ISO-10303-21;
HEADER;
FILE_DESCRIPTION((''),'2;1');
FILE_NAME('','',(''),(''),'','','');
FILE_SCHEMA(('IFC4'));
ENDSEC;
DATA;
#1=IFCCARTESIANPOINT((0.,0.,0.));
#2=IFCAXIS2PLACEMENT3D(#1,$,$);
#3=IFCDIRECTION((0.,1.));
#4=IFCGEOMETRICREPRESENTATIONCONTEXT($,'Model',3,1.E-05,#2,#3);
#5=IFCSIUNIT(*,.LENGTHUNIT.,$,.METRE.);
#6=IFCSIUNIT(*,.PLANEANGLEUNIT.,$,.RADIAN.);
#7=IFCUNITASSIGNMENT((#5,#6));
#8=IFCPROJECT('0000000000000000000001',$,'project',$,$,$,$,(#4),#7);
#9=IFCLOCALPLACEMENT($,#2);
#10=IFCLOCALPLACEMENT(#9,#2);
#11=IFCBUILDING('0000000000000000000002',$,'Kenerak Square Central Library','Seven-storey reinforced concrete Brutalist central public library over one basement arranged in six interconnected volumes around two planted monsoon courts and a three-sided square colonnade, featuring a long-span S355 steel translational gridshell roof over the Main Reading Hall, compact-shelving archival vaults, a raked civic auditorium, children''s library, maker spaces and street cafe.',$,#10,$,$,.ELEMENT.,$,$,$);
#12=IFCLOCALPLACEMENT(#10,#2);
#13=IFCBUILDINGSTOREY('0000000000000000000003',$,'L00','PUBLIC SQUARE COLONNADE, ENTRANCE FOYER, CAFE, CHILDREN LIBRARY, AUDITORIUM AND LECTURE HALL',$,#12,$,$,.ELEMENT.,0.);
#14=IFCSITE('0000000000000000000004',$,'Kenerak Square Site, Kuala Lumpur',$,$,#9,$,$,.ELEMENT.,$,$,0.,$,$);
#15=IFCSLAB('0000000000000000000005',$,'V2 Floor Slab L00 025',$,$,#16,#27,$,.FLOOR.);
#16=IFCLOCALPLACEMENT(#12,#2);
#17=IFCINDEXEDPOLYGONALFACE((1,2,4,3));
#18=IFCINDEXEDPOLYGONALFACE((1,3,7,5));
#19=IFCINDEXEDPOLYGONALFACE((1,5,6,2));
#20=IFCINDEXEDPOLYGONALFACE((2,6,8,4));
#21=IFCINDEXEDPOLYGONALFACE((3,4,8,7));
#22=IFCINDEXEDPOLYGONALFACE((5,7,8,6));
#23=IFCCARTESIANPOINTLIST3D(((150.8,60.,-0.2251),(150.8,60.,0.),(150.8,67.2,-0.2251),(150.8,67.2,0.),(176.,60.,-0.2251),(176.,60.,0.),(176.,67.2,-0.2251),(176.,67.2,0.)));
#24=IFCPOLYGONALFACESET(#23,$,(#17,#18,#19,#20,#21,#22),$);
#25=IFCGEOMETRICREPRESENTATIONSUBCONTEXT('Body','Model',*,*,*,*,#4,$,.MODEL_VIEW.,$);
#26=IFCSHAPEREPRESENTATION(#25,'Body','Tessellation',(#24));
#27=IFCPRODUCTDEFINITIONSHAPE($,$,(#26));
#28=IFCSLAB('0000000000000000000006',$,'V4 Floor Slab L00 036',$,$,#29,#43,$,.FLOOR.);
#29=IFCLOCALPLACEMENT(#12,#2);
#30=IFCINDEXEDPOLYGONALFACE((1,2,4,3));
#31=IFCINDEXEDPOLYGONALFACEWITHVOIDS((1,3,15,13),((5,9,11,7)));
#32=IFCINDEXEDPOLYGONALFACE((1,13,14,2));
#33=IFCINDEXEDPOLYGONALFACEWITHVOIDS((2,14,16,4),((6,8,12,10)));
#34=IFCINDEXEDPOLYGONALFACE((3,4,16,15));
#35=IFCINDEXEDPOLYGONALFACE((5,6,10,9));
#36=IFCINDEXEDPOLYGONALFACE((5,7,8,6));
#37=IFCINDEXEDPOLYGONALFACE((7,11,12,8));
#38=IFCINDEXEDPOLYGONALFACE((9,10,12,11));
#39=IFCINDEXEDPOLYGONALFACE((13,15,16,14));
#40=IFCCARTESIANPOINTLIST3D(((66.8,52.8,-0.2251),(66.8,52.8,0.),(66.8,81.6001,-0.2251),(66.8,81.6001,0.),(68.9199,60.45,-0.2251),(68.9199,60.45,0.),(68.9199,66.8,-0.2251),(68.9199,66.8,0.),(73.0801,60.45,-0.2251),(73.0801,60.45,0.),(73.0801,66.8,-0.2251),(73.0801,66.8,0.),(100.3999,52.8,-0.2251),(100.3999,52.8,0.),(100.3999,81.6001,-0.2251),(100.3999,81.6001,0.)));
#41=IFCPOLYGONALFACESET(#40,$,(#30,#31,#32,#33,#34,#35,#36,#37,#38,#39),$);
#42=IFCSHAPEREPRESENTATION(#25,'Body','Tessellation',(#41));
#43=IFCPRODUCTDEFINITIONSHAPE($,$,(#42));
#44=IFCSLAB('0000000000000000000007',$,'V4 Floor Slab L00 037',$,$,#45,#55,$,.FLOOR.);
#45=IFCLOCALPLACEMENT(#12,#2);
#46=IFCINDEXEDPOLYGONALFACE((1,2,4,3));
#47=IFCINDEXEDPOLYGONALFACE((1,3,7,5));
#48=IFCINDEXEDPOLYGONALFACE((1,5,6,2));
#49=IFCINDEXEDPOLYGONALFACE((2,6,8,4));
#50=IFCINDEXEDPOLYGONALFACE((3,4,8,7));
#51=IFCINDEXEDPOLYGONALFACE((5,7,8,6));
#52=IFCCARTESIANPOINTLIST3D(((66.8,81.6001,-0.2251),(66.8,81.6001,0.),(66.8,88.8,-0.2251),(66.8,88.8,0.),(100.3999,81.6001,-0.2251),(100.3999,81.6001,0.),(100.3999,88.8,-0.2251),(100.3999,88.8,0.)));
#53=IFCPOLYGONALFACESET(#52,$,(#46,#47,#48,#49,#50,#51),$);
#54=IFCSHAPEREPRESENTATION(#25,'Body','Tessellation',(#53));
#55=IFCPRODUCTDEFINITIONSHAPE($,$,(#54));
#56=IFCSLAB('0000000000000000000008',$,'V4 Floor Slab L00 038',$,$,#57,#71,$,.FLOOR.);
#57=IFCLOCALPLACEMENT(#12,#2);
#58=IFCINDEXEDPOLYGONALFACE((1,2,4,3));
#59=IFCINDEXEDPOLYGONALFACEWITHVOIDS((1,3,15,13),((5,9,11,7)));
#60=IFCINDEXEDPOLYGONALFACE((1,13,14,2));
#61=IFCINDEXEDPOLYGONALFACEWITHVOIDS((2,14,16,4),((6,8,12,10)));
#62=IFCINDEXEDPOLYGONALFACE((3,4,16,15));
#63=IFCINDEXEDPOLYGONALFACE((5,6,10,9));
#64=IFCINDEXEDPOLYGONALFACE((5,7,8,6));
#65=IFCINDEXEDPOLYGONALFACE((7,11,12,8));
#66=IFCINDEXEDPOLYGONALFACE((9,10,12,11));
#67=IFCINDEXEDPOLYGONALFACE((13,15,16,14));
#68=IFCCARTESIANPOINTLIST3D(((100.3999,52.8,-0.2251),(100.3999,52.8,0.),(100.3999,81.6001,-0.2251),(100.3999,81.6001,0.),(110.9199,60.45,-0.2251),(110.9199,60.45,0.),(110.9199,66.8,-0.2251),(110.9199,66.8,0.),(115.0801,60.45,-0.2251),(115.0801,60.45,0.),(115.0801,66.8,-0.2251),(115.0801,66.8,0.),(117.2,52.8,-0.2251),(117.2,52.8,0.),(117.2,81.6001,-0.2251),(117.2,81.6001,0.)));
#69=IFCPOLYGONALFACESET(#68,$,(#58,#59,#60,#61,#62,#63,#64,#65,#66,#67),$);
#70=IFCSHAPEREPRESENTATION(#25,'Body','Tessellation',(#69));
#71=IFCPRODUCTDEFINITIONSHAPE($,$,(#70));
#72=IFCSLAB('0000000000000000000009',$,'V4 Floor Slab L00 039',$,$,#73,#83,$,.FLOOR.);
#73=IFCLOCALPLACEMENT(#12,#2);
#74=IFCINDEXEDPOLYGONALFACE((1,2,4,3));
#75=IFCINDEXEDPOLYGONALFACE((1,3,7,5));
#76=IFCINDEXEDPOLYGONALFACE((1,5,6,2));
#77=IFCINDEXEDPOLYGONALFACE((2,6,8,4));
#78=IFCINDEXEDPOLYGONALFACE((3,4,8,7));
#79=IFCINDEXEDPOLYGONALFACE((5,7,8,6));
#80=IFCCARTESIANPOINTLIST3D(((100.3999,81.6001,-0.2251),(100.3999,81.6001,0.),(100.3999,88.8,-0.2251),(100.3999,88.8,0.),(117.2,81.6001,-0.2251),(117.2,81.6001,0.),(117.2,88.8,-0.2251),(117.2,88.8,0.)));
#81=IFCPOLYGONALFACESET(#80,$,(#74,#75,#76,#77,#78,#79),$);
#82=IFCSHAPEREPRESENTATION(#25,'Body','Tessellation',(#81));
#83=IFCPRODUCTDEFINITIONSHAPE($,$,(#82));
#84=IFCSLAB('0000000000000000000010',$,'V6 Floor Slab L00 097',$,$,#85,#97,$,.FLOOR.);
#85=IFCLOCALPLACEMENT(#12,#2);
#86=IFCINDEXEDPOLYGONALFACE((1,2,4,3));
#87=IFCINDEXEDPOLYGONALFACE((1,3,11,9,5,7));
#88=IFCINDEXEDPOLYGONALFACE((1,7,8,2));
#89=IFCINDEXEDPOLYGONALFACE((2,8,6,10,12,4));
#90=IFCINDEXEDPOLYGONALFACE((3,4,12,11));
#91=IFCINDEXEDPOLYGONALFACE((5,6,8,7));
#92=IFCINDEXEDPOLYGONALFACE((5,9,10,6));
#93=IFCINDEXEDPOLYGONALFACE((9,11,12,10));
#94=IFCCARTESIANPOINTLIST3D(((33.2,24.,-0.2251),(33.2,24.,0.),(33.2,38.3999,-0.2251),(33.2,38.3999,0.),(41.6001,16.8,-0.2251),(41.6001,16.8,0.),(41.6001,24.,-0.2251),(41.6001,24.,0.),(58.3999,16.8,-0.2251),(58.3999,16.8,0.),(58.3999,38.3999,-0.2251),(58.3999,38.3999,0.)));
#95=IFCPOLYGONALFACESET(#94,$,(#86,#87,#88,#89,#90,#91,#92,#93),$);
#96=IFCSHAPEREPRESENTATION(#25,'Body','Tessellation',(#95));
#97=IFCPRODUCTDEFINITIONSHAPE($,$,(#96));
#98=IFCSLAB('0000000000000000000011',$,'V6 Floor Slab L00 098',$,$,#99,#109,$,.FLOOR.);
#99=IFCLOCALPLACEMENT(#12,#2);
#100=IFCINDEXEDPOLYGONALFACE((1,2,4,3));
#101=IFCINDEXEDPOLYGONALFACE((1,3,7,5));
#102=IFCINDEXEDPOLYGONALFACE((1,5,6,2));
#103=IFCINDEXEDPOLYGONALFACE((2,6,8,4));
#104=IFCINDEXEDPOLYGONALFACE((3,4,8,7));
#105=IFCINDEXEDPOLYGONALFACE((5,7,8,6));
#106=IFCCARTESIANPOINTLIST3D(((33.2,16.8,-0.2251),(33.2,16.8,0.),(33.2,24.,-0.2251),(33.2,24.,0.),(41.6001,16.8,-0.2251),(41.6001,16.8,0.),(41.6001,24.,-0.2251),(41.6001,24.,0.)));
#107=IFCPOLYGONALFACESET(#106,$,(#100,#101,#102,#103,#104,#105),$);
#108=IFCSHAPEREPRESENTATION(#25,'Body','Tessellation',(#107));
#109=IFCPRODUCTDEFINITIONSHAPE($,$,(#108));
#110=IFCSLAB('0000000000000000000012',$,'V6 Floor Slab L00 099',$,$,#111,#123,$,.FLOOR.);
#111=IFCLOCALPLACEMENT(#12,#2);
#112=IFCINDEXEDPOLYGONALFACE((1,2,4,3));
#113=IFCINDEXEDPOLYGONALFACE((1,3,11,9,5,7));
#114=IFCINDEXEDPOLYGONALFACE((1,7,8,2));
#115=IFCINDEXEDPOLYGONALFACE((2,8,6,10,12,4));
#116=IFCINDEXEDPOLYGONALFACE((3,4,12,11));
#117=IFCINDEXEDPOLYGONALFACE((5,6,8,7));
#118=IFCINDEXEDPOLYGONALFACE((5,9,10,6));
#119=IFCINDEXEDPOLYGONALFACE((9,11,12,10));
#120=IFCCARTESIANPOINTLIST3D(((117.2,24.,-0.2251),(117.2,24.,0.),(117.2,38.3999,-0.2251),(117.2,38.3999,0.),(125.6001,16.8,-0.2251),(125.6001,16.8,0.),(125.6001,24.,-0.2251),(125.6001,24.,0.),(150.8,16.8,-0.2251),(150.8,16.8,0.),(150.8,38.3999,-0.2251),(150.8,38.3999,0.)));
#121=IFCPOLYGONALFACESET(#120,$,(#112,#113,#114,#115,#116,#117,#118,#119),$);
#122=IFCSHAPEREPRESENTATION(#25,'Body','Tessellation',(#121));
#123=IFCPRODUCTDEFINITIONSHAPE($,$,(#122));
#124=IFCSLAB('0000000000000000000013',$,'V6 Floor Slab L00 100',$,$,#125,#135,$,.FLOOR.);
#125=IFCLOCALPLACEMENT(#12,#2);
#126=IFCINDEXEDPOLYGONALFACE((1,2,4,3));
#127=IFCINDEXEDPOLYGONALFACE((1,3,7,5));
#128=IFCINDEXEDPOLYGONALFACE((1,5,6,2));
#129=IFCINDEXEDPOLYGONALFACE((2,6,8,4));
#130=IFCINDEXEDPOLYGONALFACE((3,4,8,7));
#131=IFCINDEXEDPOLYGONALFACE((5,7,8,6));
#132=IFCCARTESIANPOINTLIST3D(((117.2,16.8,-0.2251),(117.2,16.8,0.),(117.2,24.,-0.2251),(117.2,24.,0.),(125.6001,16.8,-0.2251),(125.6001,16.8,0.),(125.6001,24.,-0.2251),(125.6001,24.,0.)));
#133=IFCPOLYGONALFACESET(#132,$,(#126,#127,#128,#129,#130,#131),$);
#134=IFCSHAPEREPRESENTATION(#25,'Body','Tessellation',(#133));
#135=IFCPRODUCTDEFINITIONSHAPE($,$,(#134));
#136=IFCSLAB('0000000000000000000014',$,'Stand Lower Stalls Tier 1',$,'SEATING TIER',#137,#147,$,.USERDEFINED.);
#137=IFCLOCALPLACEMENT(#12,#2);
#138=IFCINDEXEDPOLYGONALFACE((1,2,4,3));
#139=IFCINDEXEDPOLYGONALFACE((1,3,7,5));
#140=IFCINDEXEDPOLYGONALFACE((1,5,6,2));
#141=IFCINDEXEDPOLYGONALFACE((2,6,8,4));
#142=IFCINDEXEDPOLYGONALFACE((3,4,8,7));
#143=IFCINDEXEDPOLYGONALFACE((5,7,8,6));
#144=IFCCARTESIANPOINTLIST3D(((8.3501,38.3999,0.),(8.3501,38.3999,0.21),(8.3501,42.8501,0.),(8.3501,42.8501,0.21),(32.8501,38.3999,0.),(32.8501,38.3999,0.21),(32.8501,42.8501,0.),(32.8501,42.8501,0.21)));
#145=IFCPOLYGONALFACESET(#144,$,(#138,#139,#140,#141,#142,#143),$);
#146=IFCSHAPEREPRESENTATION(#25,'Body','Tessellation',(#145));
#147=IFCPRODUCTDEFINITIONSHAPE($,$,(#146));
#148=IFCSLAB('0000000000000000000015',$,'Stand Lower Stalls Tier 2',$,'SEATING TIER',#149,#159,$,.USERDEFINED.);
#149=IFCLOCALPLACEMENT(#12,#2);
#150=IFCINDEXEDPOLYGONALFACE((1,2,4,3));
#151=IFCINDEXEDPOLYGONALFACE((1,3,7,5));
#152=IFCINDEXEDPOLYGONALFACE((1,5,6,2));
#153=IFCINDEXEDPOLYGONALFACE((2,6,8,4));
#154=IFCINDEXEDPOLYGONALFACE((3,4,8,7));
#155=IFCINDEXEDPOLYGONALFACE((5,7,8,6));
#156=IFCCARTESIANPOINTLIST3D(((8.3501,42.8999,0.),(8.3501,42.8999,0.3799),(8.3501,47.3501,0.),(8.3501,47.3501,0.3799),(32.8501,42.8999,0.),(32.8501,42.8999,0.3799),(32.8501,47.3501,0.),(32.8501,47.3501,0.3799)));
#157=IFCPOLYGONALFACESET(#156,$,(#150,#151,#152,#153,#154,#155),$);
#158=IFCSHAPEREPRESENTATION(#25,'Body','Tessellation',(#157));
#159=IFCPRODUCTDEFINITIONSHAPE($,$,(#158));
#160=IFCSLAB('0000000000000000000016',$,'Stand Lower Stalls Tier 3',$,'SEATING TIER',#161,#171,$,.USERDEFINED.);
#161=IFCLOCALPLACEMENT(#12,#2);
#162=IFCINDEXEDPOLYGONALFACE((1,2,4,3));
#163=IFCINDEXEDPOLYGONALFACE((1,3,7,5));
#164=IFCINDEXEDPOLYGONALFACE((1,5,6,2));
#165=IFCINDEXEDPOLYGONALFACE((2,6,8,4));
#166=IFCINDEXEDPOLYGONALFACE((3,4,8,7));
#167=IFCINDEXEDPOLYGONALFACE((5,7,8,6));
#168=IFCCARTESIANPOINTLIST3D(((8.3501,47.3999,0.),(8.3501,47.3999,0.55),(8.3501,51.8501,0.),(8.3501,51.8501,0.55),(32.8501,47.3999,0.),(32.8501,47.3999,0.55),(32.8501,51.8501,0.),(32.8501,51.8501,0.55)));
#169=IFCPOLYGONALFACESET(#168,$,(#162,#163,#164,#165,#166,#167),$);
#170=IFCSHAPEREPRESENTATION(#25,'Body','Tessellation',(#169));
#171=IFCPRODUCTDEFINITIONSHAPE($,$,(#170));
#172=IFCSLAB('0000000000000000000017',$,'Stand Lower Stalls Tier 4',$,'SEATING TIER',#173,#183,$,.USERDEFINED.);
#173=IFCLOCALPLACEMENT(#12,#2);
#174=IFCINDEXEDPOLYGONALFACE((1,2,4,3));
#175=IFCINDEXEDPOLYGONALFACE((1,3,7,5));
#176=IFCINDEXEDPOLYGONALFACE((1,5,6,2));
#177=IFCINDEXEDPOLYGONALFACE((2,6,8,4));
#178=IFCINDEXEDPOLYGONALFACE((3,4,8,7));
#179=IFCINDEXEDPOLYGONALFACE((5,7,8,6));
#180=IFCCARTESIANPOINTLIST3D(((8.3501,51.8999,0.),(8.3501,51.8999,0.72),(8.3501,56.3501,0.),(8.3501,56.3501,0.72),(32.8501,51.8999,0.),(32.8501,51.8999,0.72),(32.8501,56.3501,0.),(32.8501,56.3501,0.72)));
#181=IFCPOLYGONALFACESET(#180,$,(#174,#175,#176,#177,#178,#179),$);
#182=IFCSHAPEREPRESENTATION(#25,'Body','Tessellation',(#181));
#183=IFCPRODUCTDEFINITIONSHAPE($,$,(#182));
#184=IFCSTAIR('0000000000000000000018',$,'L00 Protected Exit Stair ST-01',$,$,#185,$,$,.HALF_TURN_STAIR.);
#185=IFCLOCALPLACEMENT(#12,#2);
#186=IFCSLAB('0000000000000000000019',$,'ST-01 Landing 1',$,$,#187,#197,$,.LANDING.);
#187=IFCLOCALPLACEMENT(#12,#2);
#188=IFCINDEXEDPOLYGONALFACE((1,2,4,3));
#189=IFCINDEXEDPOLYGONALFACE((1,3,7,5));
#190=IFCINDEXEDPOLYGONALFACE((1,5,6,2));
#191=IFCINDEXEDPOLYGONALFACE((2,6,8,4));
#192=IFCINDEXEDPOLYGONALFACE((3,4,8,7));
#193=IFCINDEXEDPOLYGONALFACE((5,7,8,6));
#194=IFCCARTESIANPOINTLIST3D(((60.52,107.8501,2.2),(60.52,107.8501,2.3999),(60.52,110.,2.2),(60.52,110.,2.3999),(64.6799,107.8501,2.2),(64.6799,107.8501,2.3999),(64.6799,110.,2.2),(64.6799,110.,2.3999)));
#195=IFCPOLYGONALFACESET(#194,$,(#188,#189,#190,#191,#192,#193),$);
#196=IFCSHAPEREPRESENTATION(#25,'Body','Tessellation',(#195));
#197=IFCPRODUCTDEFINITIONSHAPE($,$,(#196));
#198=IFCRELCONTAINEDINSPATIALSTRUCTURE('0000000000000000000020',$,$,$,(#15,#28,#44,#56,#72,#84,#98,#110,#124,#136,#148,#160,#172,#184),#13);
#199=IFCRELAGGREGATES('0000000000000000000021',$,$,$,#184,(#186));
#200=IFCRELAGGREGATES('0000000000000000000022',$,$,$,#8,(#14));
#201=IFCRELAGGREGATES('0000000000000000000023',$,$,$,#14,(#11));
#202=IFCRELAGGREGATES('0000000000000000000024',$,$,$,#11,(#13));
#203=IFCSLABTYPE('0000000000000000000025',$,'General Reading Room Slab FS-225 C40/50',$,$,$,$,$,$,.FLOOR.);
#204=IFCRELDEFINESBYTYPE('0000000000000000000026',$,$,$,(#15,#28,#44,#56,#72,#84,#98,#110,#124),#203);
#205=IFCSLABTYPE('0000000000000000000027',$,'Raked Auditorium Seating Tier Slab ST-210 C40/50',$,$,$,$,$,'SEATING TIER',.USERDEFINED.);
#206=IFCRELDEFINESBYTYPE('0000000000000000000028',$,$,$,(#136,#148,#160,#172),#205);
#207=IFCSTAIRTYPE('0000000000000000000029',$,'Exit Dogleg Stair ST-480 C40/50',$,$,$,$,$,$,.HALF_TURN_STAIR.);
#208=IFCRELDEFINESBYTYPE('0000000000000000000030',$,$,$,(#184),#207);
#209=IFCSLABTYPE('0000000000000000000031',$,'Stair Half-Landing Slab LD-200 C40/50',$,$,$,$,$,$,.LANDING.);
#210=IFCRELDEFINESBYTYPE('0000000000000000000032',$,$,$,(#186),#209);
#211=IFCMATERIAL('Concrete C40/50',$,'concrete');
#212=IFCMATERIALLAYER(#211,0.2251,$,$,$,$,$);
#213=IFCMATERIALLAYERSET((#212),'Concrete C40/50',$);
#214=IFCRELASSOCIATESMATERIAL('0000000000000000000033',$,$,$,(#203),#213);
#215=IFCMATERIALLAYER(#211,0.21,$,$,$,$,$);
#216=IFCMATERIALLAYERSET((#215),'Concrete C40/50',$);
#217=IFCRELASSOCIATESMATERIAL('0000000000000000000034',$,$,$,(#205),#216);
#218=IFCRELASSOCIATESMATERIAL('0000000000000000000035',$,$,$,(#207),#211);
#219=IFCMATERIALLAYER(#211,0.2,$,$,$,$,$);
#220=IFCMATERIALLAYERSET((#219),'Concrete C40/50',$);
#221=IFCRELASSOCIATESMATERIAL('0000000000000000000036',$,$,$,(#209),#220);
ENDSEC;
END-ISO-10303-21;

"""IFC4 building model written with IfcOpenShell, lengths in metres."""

from ifc_helpers import new_model, si_unit, direction, frame, origin, place, context, subcontext, project, spatial, polyline, outline, extrude, material, layer, layer_set, type_object, element, aggregate, save


model = new_model("IFC4")

# Units and contexts
model_context = context("Model", 3, precision=1e-05, world=origin(), true_north=direction((0.0, 1.0)))
body_context = subcontext(model_context, "Body", "Model", "MODEL_VIEW")
ifc_project = project(units=[si_unit("LENGTHUNIT", "METRE"), si_unit("PLANEANGLEUNIT", "RADIAN")], contexts=[model_context])

# Site, building, storey
site_placement = place(None, origin())
site = spatial("IfcSite", under=ifc_project, at=site_placement, Name="Kenerak Square Site, Kuala Lumpur", CompositionType="ELEMENT", RefElevation=0.0)
building_placement = place(site_placement, origin())
building = spatial("IfcBuilding", under=site, at=building_placement, Name="Kenerak Square Central Library", Description="Seven-storey reinforced concrete Brutalist central public library over one basement arranged in six interconnected volumes around two planted monsoon courts and a three-sided square colonnade, featuring a long-span S355 steel translational gridshell roof over the Main Reading Hall, compact-shelving archival vaults, a raked civic auditorium, children's library, maker spaces and street cafe.", CompositionType="ELEMENT")
storey_placement = place(building_placement, origin())
storey = spatial("IfcBuildingStorey", under=building, at=storey_placement, Name="L00", Description="PUBLIC SQUARE COLONNADE, ENTRANCE FOYER, CAFE, CHILDREN LIBRARY, AUDITORIUM AND LECTURE HALL", CompositionType="ELEMENT", Elevation=0.0)

# Slabs
ifc_material = material(Name="Concrete C40/50", Category="concrete")
ifc_layer_1 = layer(ifc_material, 0.2251)
ifc_layer_set_1 = layer_set([ifc_layer_1], Name="Concrete C40/50")
slab_type_1 = type_object("IfcSlabType", Name="General Reading Room Slab FS-225 C40/50", PredefinedType="FLOOR", material=ifc_layer_set_1)
slab_1_placement = place(storey_placement, frame((0.0, 0.0, -0.2251)))
element("IfcSlab", 1, at=slab_1_placement, inside=storey, type_object=slab_type_1, Name="V2 Floor Slab L00 025", PredefinedType="FLOOR", context=body_context, shape_type="SweptSolid", body=[
    extrude(outline(polyline([(176.0, 60.0), (176.0, 67.2), (150.8, 67.2), (150.8, 60.0), (176.0, 60.0)])), origin(), (0.0, 0.0, 1.0), 0.2251),
])
slab_2_placement = place(storey_placement, frame((0.0, 0.0, -0.2251)))
element("IfcSlab", 2, at=slab_2_placement, inside=storey, type_object=slab_type_1, Name="V4 Floor Slab L00 036", PredefinedType="FLOOR", context=body_context, shape_type="SweptSolid", body=[
    extrude(outline(polyline([(100.3999, 52.8), (100.3999, 81.6001), (66.8, 81.6001), (66.8, 52.8), (100.3999, 52.8)]), holes=[polyline([(73.0801, 60.45), (73.0801, 66.8), (68.9199, 66.8), (68.9199, 60.45), (73.0801, 60.45)])]), origin(), (0.0, 0.0, 1.0), 0.2251),
])
slab_3_placement = place(storey_placement, frame((0.0, 0.0, -0.2251)))
element("IfcSlab", 3, at=slab_3_placement, inside=storey, type_object=slab_type_1, Name="V4 Floor Slab L00 037", PredefinedType="FLOOR", context=body_context, shape_type="SweptSolid", body=[
    extrude(outline(polyline([(100.3999, 81.6001), (100.3999, 88.8), (66.8, 88.8), (66.8, 81.6001), (100.3999, 81.6001)])), origin(), (0.0, 0.0, 1.0), 0.2251),
])
slab_4_placement = place(storey_placement, frame((0.0, 0.0, -0.2251)))
element("IfcSlab", 4, at=slab_4_placement, inside=storey, type_object=slab_type_1, Name="V4 Floor Slab L00 038", PredefinedType="FLOOR", context=body_context, shape_type="SweptSolid", body=[
    extrude(outline(polyline([(117.2, 52.8), (117.2, 81.6001), (100.3999, 81.6001), (100.3999, 52.8), (117.2, 52.8)]), holes=[polyline([(115.0801, 60.45), (115.0801, 66.8), (110.9199, 66.8), (110.9199, 60.45), (115.0801, 60.45)])]), origin(), (0.0, 0.0, 1.0), 0.2251),
])
slab_5_placement = place(storey_placement, frame((0.0, 0.0, -0.2251)))
element("IfcSlab", 5, at=slab_5_placement, inside=storey, type_object=slab_type_1, Name="V4 Floor Slab L00 039", PredefinedType="FLOOR", context=body_context, shape_type="SweptSolid", body=[
    extrude(outline(polyline([(117.2, 81.6001), (117.2, 88.8), (100.3999, 88.8), (100.3999, 81.6001), (117.2, 81.6001)])), origin(), (0.0, 0.0, 1.0), 0.2251),
])
slab_6_placement = place(storey_placement, frame((0.0, 0.0, -0.2251)))
element("IfcSlab", 6, at=slab_6_placement, inside=storey, type_object=slab_type_1, Name="V6 Floor Slab L00 097", PredefinedType="FLOOR", context=body_context, shape_type="SweptSolid", body=[
    extrude(outline(polyline([(33.2, 38.3999), (58.3999, 38.3999), (58.3999, 16.8), (41.6001, 16.8), (41.6001, 24.0), (33.2, 24.0), (33.2, 38.3999)])), origin(), (0.0, 0.0, 1.0), 0.2251),
])
slab_7_placement = place(storey_placement, frame((0.0, 0.0, -0.2251)))
element("IfcSlab", 7, at=slab_7_placement, inside=storey, type_object=slab_type_1, Name="V6 Floor Slab L00 098", PredefinedType="FLOOR", context=body_context, shape_type="SweptSolid", body=[
    extrude(outline(polyline([(41.6001, 16.8), (41.6001, 24.0), (33.2, 24.0), (33.2, 16.8), (41.6001, 16.8)])), origin(), (0.0, 0.0, 1.0), 0.2251),
])
slab_8_placement = place(storey_placement, frame((0.0, 0.0, -0.2251)))
element("IfcSlab", 8, at=slab_8_placement, inside=storey, type_object=slab_type_1, Name="V6 Floor Slab L00 099", PredefinedType="FLOOR", context=body_context, shape_type="SweptSolid", body=[
    extrude(outline(polyline([(117.2, 38.3999), (150.8, 38.3999), (150.8, 16.8), (125.6001, 16.8), (125.6001, 24.0), (117.2, 24.0), (117.2, 38.3999)])), origin(), (0.0, 0.0, 1.0), 0.2251),
])
slab_9_placement = place(storey_placement, frame((0.0, 0.0, -0.2251)))
element("IfcSlab", 9, at=slab_9_placement, inside=storey, type_object=slab_type_1, Name="V6 Floor Slab L00 100", PredefinedType="FLOOR", context=body_context, shape_type="SweptSolid", body=[
    extrude(outline(polyline([(125.6001, 16.8), (125.6001, 24.0), (117.2, 24.0), (117.2, 16.8), (125.6001, 16.8)])), origin(), (0.0, 0.0, 1.0), 0.2251),
])
ifc_layer_2 = layer(ifc_material, 0.21)
ifc_layer_set_2 = layer_set([ifc_layer_2], Name="Concrete C40/50")
slab_type_2 = type_object("IfcSlabType", Name="Raked Auditorium Seating Tier Slab ST-210 C40/50", ElementType="SEATING TIER", PredefinedType="USERDEFINED", material=ifc_layer_set_2)
slab_10_placement = place(storey_placement, origin())
element("IfcSlab", 10, at=slab_10_placement, inside=storey, type_object=slab_type_2, Name="Stand Lower Stalls Tier 1", ObjectType="SEATING TIER", PredefinedType="USERDEFINED", context=body_context, shape_type="SweptSolid", body=[
    extrude(outline(polyline([(8.3501, 38.3999), (32.8501, 38.3999), (32.8501, 42.8501), (8.3501, 42.8501), (8.3501, 38.3999)])), origin(), (0.0, 0.0, 1.0), 0.21),
])
slab_11_placement = place(storey_placement, origin())
element("IfcSlab", 11, at=slab_11_placement, inside=storey, type_object=slab_type_2, Name="Stand Lower Stalls Tier 2", ObjectType="SEATING TIER", PredefinedType="USERDEFINED", context=body_context, shape_type="SweptSolid", body=[
    extrude(outline(polyline([(8.3501, 42.8999), (32.8501, 42.8999), (32.8501, 47.3501), (8.3501, 47.3501), (8.3501, 42.8999)])), origin(), (0.0, 0.0, 1.0), 0.3799),
])
slab_12_placement = place(storey_placement, origin())
element("IfcSlab", 12, at=slab_12_placement, inside=storey, type_object=slab_type_2, Name="Stand Lower Stalls Tier 3", ObjectType="SEATING TIER", PredefinedType="USERDEFINED", context=body_context, shape_type="SweptSolid", body=[
    extrude(outline(polyline([(8.3501, 47.3999), (32.8501, 47.3999), (32.8501, 51.8501), (8.3501, 51.8501), (8.3501, 47.3999)])), origin(), (0.0, 0.0, 1.0), 0.55),
])
slab_13_placement = place(storey_placement, origin())
element("IfcSlab", 13, at=slab_13_placement, inside=storey, type_object=slab_type_2, Name="Stand Lower Stalls Tier 4", ObjectType="SEATING TIER", PredefinedType="USERDEFINED", context=body_context, shape_type="SweptSolid", body=[
    extrude(outline(polyline([(8.3501, 51.8999), (32.8501, 51.8999), (32.8501, 56.3501), (8.3501, 56.3501), (8.3501, 51.8999)])), origin(), (0.0, 0.0, 1.0), 0.72),
])

# Stair, slab
stair_type = type_object("IfcStairType", Name="Exit Dogleg Stair ST-480 C40/50", PredefinedType="HALF_TURN_STAIR", material=ifc_material)
stair_1_placement = place(storey_placement, origin())
stair_1 = element("IfcStair", 14, at=stair_1_placement, inside=storey, type_object=stair_type, Name="L00 Protected Exit Stair ST-01", PredefinedType="HALF_TURN_STAIR")
ifc_layer_3 = layer(ifc_material, 0.2)
ifc_layer_set_3 = layer_set([ifc_layer_3], Name="Concrete C40/50")
slab_type_3 = type_object("IfcSlabType", Name="Stair Half-Landing Slab LD-200 C40/50", PredefinedType="LANDING", material=ifc_layer_set_3)
slab_14_placement = place(storey_placement, frame((0.0, 0.0, 2.2)))
slab_14 = element("IfcSlab", 15, at=slab_14_placement, type_object=slab_type_3, Name="ST-01 Landing 1", PredefinedType="LANDING", context=body_context, shape_type="SweptSolid", body=[
    extrude(outline(polyline([(64.6799, 107.8501), (64.6799, 110.0), (60.52, 110.0), (60.52, 107.8501), (64.6799, 107.8501)])), origin(), (0.0, 0.0, 1.0), 0.2),
])
aggregate(stair_1, [slab_14])

save(model, "model.ifc")
